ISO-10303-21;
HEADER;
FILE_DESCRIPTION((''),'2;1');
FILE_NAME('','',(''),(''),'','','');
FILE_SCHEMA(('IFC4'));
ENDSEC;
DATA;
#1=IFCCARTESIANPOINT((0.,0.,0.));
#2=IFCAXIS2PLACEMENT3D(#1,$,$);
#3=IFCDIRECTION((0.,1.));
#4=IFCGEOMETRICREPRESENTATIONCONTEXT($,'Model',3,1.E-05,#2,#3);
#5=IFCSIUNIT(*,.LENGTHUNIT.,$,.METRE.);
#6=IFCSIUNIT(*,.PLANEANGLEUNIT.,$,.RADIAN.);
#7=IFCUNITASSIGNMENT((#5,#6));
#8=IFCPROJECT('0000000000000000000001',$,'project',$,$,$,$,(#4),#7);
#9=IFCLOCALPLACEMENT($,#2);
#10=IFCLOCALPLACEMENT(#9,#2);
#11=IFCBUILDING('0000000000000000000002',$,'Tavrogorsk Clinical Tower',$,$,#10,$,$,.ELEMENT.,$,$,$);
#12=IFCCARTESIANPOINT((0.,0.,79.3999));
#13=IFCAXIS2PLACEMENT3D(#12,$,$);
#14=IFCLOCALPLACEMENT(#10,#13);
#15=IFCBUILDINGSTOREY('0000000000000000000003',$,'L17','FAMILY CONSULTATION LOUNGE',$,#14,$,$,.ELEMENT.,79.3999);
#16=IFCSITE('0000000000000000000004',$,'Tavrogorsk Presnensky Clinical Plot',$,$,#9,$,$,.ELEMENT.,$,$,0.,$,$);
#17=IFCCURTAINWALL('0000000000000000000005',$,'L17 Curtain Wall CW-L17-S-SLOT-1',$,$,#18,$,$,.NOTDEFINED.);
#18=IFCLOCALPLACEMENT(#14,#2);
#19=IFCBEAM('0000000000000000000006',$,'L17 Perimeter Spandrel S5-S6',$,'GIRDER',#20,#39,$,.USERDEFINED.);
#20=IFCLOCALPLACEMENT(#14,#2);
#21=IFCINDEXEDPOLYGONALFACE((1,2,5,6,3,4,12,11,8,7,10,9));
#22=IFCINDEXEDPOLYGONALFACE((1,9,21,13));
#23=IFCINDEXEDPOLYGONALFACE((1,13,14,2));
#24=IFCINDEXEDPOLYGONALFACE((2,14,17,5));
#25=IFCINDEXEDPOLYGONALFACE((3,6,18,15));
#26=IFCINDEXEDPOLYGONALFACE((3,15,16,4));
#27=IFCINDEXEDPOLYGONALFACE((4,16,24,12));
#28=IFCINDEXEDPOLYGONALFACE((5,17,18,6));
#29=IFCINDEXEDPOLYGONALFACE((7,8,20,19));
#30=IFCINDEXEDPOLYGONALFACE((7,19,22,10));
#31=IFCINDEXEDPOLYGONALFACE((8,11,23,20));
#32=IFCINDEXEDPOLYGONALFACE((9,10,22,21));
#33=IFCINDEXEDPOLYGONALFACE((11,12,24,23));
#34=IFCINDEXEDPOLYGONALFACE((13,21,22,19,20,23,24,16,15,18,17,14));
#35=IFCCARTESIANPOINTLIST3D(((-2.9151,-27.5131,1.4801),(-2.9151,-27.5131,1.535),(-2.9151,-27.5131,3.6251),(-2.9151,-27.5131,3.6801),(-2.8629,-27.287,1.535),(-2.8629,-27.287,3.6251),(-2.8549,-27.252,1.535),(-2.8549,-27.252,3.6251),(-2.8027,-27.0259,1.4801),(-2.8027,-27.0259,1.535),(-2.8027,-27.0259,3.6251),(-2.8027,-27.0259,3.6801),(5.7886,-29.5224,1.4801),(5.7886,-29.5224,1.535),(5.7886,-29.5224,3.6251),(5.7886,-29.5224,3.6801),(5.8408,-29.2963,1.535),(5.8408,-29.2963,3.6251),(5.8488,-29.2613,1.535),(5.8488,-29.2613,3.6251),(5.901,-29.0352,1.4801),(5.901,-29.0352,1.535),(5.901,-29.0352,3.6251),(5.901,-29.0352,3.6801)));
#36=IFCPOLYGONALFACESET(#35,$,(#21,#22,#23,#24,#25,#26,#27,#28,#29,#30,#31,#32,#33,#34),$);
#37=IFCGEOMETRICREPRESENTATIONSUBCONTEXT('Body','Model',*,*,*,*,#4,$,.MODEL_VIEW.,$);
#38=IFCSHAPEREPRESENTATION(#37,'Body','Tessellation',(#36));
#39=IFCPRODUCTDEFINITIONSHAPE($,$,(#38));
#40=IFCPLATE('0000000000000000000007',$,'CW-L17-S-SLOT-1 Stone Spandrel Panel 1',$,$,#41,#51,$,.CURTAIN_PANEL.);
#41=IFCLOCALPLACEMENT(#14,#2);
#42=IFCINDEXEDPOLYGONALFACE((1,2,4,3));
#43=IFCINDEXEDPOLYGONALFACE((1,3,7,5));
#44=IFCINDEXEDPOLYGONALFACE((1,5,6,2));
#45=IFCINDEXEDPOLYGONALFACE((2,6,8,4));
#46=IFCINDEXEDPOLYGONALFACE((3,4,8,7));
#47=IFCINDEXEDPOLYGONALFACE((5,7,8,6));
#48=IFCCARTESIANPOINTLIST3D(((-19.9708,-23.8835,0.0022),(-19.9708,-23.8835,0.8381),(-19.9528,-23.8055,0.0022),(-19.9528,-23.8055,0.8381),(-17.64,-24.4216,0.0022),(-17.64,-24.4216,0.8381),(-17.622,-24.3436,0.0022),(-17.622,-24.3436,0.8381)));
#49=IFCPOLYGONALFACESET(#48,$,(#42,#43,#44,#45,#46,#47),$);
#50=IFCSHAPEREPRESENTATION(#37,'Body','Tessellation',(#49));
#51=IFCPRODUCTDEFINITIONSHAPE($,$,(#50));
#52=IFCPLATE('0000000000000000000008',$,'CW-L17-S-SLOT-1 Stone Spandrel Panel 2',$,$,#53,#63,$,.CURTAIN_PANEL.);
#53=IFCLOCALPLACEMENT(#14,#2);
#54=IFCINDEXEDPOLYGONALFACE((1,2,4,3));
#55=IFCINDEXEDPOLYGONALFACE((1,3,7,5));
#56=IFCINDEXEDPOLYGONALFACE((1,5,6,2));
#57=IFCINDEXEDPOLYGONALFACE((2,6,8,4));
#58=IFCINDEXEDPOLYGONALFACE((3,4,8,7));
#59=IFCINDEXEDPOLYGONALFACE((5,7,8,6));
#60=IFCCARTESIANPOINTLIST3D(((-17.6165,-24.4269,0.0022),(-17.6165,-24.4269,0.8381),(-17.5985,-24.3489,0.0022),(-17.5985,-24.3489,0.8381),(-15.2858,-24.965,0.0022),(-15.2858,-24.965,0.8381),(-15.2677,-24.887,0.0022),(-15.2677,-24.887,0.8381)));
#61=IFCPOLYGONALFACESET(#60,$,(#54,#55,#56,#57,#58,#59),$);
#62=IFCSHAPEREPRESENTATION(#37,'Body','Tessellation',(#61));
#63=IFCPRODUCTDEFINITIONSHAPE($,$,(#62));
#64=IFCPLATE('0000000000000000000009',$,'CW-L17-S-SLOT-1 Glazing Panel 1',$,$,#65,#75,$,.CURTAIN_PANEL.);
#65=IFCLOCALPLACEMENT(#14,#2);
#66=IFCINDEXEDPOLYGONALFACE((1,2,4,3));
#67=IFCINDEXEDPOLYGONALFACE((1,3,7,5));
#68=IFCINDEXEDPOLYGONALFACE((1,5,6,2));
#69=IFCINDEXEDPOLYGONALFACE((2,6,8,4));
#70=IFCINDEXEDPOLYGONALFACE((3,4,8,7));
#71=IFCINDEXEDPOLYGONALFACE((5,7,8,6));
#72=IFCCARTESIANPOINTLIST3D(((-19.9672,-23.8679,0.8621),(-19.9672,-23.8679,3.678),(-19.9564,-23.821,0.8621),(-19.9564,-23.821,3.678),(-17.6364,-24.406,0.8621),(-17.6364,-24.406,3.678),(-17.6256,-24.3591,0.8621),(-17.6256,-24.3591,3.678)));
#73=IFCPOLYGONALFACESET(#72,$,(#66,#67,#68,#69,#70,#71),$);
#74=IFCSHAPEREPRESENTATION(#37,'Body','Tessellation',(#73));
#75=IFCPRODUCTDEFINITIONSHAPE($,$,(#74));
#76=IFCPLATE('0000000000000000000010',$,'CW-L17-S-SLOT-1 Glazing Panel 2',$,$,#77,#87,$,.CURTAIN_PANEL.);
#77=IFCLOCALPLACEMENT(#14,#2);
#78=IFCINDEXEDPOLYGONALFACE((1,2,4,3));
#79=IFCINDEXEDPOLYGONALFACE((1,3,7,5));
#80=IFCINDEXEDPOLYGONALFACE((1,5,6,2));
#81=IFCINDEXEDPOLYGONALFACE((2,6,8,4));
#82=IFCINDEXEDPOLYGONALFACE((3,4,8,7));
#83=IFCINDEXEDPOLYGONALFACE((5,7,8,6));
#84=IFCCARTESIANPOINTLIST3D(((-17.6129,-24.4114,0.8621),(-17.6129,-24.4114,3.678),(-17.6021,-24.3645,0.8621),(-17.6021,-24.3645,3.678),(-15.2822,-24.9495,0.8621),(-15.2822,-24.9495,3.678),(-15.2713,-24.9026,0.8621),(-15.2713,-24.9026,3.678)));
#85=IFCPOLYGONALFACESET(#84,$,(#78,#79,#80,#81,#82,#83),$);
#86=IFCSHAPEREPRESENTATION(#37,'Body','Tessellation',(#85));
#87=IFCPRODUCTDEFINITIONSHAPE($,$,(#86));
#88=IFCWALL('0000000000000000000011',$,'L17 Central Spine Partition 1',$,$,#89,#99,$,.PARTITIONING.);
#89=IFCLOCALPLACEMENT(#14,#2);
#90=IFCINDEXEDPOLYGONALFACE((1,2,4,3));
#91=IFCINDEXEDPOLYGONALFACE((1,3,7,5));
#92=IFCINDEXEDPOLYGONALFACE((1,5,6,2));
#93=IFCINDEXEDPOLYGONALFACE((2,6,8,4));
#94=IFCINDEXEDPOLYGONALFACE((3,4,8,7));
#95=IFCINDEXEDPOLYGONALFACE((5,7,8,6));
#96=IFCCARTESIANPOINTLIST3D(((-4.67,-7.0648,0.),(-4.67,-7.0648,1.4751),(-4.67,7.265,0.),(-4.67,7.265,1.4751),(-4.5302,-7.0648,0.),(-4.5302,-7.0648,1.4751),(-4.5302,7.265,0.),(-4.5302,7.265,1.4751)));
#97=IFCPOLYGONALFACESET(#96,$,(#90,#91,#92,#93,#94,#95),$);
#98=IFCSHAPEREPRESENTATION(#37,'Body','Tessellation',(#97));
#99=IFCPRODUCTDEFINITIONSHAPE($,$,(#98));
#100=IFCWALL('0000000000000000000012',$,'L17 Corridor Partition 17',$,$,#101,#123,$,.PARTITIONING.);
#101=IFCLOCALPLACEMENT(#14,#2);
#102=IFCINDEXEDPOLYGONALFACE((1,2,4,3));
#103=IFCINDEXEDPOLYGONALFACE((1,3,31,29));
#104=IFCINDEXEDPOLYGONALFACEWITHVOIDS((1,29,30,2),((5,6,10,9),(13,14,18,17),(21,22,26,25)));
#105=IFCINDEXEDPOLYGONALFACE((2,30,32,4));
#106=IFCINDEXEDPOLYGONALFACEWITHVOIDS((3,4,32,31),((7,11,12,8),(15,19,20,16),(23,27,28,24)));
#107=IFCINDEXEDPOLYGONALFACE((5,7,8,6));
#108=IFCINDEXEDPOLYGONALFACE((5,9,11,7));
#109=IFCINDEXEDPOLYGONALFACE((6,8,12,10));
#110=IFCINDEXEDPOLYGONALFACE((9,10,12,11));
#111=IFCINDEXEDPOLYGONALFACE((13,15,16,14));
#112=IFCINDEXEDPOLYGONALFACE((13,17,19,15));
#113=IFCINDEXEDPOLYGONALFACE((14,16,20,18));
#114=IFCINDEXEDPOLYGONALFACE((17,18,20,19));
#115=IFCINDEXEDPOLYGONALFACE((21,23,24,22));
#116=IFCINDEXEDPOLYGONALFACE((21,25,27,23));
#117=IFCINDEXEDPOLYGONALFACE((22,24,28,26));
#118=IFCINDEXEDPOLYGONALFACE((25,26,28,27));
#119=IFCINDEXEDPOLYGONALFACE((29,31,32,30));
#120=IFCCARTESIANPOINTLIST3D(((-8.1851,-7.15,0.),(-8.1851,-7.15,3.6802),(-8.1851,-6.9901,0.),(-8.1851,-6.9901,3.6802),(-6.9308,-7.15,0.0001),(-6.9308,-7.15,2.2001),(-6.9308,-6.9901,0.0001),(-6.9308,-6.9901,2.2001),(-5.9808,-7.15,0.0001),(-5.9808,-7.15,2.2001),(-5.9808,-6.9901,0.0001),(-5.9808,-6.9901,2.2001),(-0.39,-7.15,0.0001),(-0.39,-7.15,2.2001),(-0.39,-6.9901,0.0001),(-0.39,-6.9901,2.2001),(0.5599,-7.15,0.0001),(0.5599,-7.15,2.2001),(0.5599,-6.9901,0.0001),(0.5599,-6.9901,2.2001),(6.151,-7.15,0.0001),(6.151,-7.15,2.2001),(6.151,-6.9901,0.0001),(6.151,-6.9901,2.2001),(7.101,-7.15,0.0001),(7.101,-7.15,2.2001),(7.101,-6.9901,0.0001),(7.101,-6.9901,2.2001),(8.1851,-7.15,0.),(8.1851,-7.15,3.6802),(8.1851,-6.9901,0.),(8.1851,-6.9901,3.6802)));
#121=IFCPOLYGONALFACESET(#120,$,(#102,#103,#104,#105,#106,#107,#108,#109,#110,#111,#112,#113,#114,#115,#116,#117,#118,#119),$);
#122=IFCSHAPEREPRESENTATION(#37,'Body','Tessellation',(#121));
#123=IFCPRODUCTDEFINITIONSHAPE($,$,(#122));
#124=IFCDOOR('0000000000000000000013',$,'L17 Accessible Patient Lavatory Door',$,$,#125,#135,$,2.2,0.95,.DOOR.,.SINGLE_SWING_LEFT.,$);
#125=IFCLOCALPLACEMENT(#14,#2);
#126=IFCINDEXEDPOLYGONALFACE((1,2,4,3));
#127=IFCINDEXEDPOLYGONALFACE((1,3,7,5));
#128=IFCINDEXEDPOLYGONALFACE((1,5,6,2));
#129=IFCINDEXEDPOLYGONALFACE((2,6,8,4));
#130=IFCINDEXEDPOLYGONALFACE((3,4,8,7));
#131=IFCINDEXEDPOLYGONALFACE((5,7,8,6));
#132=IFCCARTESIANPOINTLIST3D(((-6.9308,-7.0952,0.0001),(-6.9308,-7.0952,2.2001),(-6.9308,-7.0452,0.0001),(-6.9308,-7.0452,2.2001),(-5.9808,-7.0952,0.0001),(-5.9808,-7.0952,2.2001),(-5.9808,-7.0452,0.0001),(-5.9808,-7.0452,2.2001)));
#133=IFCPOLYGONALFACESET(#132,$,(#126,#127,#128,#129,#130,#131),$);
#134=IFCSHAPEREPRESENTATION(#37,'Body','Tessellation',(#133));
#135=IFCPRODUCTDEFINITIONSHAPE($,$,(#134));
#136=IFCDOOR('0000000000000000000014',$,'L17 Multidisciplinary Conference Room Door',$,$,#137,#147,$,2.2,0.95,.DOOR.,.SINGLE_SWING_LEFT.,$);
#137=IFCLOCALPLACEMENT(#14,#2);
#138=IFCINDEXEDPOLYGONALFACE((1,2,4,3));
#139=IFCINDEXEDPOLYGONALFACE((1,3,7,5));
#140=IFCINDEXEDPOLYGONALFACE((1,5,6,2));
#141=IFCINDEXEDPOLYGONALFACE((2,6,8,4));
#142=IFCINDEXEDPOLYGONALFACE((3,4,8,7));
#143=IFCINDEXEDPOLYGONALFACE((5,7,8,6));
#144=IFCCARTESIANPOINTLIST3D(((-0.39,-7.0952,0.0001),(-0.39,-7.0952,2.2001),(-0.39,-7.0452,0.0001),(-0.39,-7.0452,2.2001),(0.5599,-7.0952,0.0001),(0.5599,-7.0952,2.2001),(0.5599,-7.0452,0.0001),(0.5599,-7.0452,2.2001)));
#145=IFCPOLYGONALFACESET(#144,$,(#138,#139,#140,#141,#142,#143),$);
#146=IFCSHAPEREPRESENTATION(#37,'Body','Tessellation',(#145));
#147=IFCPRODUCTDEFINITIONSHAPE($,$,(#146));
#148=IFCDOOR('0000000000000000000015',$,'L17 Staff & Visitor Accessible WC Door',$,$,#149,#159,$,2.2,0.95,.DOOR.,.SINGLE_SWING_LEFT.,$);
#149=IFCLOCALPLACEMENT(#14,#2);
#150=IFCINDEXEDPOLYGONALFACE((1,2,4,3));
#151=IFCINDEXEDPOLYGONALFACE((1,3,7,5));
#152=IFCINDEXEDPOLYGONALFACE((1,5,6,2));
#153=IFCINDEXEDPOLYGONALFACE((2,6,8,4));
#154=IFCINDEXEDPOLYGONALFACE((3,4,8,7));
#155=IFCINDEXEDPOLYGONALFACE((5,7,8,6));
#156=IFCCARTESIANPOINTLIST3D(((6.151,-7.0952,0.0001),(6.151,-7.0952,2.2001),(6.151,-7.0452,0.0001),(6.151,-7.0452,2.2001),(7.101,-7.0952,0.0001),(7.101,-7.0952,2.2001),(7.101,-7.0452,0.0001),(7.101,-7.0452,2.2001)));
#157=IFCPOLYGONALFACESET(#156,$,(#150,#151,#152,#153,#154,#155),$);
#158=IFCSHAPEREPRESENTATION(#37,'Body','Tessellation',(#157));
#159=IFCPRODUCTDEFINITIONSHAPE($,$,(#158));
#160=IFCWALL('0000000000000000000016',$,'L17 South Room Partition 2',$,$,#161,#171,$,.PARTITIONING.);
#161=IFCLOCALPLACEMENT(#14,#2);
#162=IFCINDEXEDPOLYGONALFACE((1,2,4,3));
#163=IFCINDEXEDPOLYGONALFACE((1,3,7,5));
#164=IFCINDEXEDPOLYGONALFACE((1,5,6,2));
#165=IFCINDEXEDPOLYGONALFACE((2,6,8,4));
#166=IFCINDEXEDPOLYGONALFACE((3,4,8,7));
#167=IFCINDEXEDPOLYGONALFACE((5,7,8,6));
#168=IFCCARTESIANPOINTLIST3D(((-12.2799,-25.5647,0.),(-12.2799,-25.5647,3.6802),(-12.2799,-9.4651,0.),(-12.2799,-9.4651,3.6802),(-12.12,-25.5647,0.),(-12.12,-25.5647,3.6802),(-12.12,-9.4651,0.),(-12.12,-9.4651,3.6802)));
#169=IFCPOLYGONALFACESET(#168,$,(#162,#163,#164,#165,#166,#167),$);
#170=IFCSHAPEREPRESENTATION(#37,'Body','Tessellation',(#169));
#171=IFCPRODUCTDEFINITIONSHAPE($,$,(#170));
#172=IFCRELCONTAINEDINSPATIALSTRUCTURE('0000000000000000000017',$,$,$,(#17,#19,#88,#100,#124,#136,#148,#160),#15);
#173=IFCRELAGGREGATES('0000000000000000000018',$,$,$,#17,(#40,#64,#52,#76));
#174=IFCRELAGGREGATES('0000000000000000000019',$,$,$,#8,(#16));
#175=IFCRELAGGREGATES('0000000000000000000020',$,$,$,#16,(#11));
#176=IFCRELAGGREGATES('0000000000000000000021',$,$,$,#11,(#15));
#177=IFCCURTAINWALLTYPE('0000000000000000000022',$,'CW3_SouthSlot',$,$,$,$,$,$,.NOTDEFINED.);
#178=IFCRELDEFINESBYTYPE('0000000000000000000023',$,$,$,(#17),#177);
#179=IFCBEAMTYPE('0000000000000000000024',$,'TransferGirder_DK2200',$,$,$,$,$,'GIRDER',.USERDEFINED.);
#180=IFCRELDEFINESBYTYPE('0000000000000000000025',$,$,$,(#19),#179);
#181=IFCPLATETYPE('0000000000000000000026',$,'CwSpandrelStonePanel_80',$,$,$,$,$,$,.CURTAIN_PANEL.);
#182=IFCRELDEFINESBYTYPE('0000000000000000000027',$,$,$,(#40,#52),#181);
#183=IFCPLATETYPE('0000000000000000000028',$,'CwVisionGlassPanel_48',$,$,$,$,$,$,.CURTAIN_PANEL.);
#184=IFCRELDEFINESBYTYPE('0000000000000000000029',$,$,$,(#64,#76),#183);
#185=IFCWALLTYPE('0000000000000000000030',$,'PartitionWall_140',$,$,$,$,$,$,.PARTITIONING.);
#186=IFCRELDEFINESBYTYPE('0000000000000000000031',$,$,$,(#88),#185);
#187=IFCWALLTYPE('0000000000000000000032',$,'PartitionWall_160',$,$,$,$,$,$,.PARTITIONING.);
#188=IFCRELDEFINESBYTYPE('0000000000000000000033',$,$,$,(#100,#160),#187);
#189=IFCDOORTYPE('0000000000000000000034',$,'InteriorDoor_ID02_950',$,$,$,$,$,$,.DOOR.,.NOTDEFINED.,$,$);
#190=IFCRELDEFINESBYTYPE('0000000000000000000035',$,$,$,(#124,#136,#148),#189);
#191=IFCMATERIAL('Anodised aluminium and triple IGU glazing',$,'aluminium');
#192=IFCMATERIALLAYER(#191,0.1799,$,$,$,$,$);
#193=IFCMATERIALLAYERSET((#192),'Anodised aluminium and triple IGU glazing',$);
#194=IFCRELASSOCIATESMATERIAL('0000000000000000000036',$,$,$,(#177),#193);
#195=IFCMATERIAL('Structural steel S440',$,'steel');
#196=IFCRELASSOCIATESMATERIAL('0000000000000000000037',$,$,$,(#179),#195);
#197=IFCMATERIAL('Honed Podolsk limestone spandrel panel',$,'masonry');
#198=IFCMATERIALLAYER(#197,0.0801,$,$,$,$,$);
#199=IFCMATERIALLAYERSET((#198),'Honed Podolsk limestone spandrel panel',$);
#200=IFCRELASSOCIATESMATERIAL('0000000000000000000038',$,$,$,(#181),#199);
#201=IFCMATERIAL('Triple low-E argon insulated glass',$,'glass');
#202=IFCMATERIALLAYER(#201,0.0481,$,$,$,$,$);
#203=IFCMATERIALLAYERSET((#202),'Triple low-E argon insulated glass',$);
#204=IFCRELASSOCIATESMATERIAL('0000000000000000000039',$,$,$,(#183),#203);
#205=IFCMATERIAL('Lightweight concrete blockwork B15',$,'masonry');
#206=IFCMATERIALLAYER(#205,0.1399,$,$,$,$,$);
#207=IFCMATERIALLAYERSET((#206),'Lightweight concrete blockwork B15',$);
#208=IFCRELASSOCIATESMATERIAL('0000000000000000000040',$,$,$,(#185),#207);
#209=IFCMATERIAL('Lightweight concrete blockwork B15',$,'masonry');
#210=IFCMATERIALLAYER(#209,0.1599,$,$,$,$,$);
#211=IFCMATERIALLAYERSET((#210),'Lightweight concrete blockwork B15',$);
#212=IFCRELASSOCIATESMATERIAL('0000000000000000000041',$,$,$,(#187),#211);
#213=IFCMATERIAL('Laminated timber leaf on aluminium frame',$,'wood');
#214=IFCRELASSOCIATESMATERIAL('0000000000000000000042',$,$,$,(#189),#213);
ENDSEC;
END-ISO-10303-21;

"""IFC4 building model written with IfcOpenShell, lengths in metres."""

from ifc_helpers import new_model, si_unit, direction, frame, frame_2d, origin, origin_2d, place, context, subcontext, project, spatial, rectangle, i_section, extrude, material, layer, layer_set, material_profile, profile_set, type_object, element, fill, aggregate, save


model = new_model("IFC4")

# Units and contexts
model_context = context("Model", 3, precision=1e-05, world=origin(), true_north=direction((0.0, 1.0)))
body_context = subcontext(model_context, "Body", "Model", "MODEL_VIEW")
ifc_project = project(units=[si_unit("LENGTHUNIT", "METRE"), si_unit("PLANEANGLEUNIT", "RADIAN")], contexts=[model_context])

# Site, building, storey
site_placement = place(None, origin())
site = spatial("IfcSite", under=ifc_project, at=site_placement, Name="Tavrogorsk Presnensky Clinical Plot", CompositionType="ELEMENT", RefElevation=0.0)
building_placement = place(site_placement, origin())
building = spatial("IfcBuilding", under=site, at=building_placement, Name="Tavrogorsk Clinical Tower", CompositionType="ELEMENT")
storey_placement = place(building_placement, frame((0.0, 0.0, 79.3999)))
storey = spatial("IfcBuildingStorey", under=building, at=storey_placement, Name="L17", Description="FAMILY CONSULTATION LOUNGE", CompositionType="ELEMENT", Elevation=79.3999)

# Curtain wall
ifc_material_1 = material(Name="Anodised aluminium and triple IGU glazing", Category="aluminium")
ifc_layer_1 = layer(ifc_material_1, 0.1799)
ifc_layer_set_1 = layer_set([ifc_layer_1], Name="Anodised aluminium and triple IGU glazing")
curtain_wall_type = type_object("IfcCurtainWallType", Name="CW3_SouthSlot", PredefinedType="NOTDEFINED", material=ifc_layer_set_1)
curtain_wall_placement = place(storey_placement, origin())
curtain_wall = element("IfcCurtainWall", 1, at=curtain_wall_placement, inside=storey, type_object=curtain_wall_type, Name="L17 Curtain Wall CW-L17-S-SLOT-1", PredefinedType="NOTDEFINED")

# Beam
ifc_material_2 = material(Name="Structural steel S440", Category="steel")
ifc_material_profile_1 = material_profile(ifc_material_2, i_section(OverallWidth=0.5, OverallDepth=2.2, WebThickness=0.0359, FlangeThickness=0.0549, at=origin_2d()), Name="DK-2200x500x36x55")
ifc_profile_set_1 = profile_set([ifc_material_profile_1], Name="Structural steel S440")
beam_type = type_object("IfcBeamType", Name="TransferGirder_DK2200", ElementType="GIRDER", PredefinedType="USERDEFINED", material=ifc_profile_set_1)
for number, where, z_axis, x_axis, name in (
    (2, (-2.8589, -27.2695, 2.5801), (0.974373, -0.224939, 0.0), (0.224939, 0.974373, 0.0), "L17 Perimeter Spandrel S5-S6"),
):
    element("IfcBeam", number, at=place(storey_placement, frame(where, z_axis=z_axis, x_axis=x_axis)), inside=storey, type_object=beam_type, Name=name, ObjectType="GIRDER", PredefinedType="USERDEFINED", context=body_context, shape_type="SweptSolid", body=[
        extrude(i_section(OverallWidth=0.5, OverallDepth=2.2, WebThickness=0.0359, FlangeThickness=0.0549, at=origin_2d()), origin(), (0.0, 0.0, 1.0), 8.9326),
    ])

# Plates
ifc_material_3 = material(Name="Honed Podolsk limestone spandrel panel", Category="masonry")
ifc_layer_2 = layer(ifc_material_3, 0.0801)
ifc_layer_set_2 = layer_set([ifc_layer_2], Name="Honed Podolsk limestone spandrel panel")
plate_type_1 = type_object("IfcPlateType", Name="CwSpandrelStonePanel_80", PredefinedType="CURTAIN_PANEL", material=ifc_layer_set_2)
plate_1_placement = place(storey_placement, frame((-18.7964, -24.1135, 0.0022), z_axis=(0.0, 0.0, 1.0), x_axis=(0.97437, -0.224951, 0.0)))
plate_1 = element("IfcPlate", 3, at=plate_1_placement, type_object=plate_type_1, Name="CW-L17-S-SLOT-1 Stone Spandrel Panel 1", PredefinedType="CURTAIN_PANEL", context=body_context, shape_type="SweptSolid", body=[
    extrude(rectangle(XDim=2.3921, YDim=0.0801, at=origin_2d()), origin(), (0.0, 0.0, 1.0), 0.8359),
])
plate_2_placement = place(storey_placement, frame((-16.4421, -24.657, 0.0022), z_axis=(0.0, 0.0, 1.0), x_axis=(0.97437, -0.224951, 0.0)))
plate_2 = element("IfcPlate", 4, at=plate_2_placement, type_object=plate_type_1, Name="CW-L17-S-SLOT-1 Stone Spandrel Panel 2", PredefinedType="CURTAIN_PANEL", context=body_context, shape_type="SweptSolid", body=[
    extrude(rectangle(XDim=2.3921, YDim=0.0801, at=origin_2d()), origin(), (0.0, 0.0, 1.0), 0.8359),
])
ifc_material_4 = material(Name="Triple low-E argon insulated glass", Category="glass")
ifc_layer_3 = layer(ifc_material_4, 0.0481)
ifc_layer_set_3 = layer_set([ifc_layer_3], Name="Triple low-E argon insulated glass")
plate_type_2 = type_object("IfcPlateType", Name="CwVisionGlassPanel_48", PredefinedType="CURTAIN_PANEL", material=ifc_layer_set_3)
plate_3_placement = place(storey_placement, frame((-18.7964, -24.1135, 0.8621), z_axis=(0.0, 0.0, 1.0), x_axis=(0.97437, -0.224951, 0.0)))
plate_3 = element("IfcPlate", 5, at=plate_3_placement, type_object=plate_type_2, Name="CW-L17-S-SLOT-1 Glazing Panel 1", PredefinedType="CURTAIN_PANEL", context=body_context, shape_type="SweptSolid", body=[
    extrude(rectangle(XDim=2.3921, YDim=0.0481, at=origin_2d()), origin(), (0.0, 0.0, 1.0), 2.8159),
])
plate_4_placement = place(storey_placement, frame((-16.4421, -24.657, 0.8621), z_axis=(0.0, 0.0, 1.0), x_axis=(0.97437, -0.224951, 0.0)))
plate_4 = element("IfcPlate", 6, at=plate_4_placement, type_object=plate_type_2, Name="CW-L17-S-SLOT-1 Glazing Panel 2", PredefinedType="CURTAIN_PANEL", context=body_context, shape_type="SweptSolid", body=[
    extrude(rectangle(XDim=2.3921, YDim=0.0481, at=origin_2d()), origin(), (0.0, 0.0, 1.0), 2.8159),
])
aggregate(curtain_wall, [plate_1, plate_3, plate_2, plate_4])

# Wall
ifc_material_5 = material(Name="Lightweight concrete blockwork B15", Category="masonry")
ifc_layer_4 = layer(ifc_material_5, 0.1399)
ifc_layer_set_4 = layer_set([ifc_layer_4], Name="Lightweight concrete blockwork B15")
wall_type_1 = type_object("IfcWallType", Name="PartitionWall_140", PredefinedType="PARTITIONING", material=ifc_layer_set_4)
wall_1_placement = place(storey_placement, frame((-4.6001, -7.0649, 0.0), z_axis=(0.0, 0.0, 1.0), x_axis=(0.0, 1.0, 0.0)))
element("IfcWall", 7, at=wall_1_placement, inside=storey, type_object=wall_type_1, Name="L17 Central Spine Partition 1", PredefinedType="PARTITIONING", context=body_context, shape_type="SweptSolid", body=[
    extrude(rectangle(XDim=14.3298, YDim=0.1399, at=frame_2d((7.165, 0.0))), origin(), (0.0, 0.0, 1.0), 1.4751),
])

# Wall, openings, doors
ifc_material_6 = material(Name="Lightweight concrete blockwork B15", Category="masonry")
ifc_layer_5 = layer(ifc_material_6, 0.1599)
ifc_layer_set_5 = layer_set([ifc_layer_5], Name="Lightweight concrete blockwork B15")
wall_type_2 = type_object("IfcWallType", Name="PartitionWall_160", PredefinedType="PARTITIONING", material=ifc_layer_set_5)
wall_2_placement = place(storey_placement, frame((-8.1851, -7.0701, 0.0), z_axis=(0.0, 0.0, 1.0), x_axis=(1.0, 0.0, 0.0)))
wall_2 = element("IfcWall", 8, at=wall_2_placement, inside=storey, type_object=wall_type_2, Name="L17 Corridor Partition 17", PredefinedType="PARTITIONING", context=body_context, shape_type="SweptSolid", body=[
    extrude(rectangle(XDim=16.3701, YDim=0.1599, at=frame_2d((8.1851, 0.0))), origin(), (0.0, 0.0, 1.0), 3.6802),
])
opening_1_placement = place(wall_2_placement, frame((1.2542, 0.0, 0.0)))
opening_1 = element("IfcOpeningElement", 9, at=opening_1_placement, cuts=wall_2, PredefinedType="OPENING", context=body_context, shape_type="SweptSolid", body=[
    extrude(rectangle(XDim=0.95, YDim=2.2, at=frame_2d((0.4751, 1.1001))), frame((0.0, 0.0898, 0.0), z_axis=(0.0, -1.0, 0.0), x_axis=(1.0, 0.0, 0.0)), (0.0, 0.0, 1.0), 0.1799),
])
opening_2_placement = place(wall_2_placement, frame((7.7949, 0.0, 0.0)))
opening_2 = element("IfcOpeningElement", 10, at=opening_2_placement, cuts=wall_2, PredefinedType="OPENING", context=body_context, shape_type="SweptSolid", body=[
    extrude(rectangle(XDim=0.95, YDim=2.2, at=frame_2d((0.4751, 1.1001))), frame((0.0, 0.0898, 0.0), z_axis=(0.0, -1.0, 0.0), x_axis=(1.0, 0.0, 0.0)), (0.0, 0.0, 1.0), 0.1799),
])
opening_3_placement = place(wall_2_placement, frame((14.3359, 0.0, 0.0)))
opening_3 = element("IfcOpeningElement", 11, at=opening_3_placement, cuts=wall_2, PredefinedType="OPENING", context=body_context, shape_type="SweptSolid", body=[
    extrude(rectangle(XDim=0.95, YDim=2.2, at=frame_2d((0.4751, 1.1001))), frame((0.0, 0.0898, 0.0), z_axis=(0.0, -1.0, 0.0), x_axis=(1.0, 0.0, 0.0)), (0.0, 0.0, 1.0), 0.1799),
])
ifc_material_7 = material(Name="Laminated timber leaf on aluminium frame", Category="wood")
door_type = type_object("IfcDoorType", Name="InteriorDoor_ID02_950", OperationType="NOTDEFINED", PredefinedType="DOOR", material=ifc_material_7)
door_1_placement = place(opening_1_placement, origin())
door_1 = element("IfcDoor", 12, at=door_1_placement, inside=storey, type_object=door_type, Name="L17 Accessible Patient Lavatory Door", OperationType="SINGLE_SWING_LEFT", OverallHeight=2.2, OverallWidth=0.95, PredefinedType="DOOR", context=body_context, shape_type="SweptSolid", body=[
    extrude(rectangle(XDim=0.95, YDim=2.2, at=frame_2d((0.4751, 1.1001))), frame((0.0, 0.0249, 0.0), z_axis=(0.0, -1.0, 0.0), x_axis=(1.0, 0.0, 0.0)), (0.0, 0.0, 1.0), 0.05),
])
fill(opening_1, door_1)
door_2_placement = place(opening_2_placement, origin())
door_2 = element("IfcDoor", 13, at=door_2_placement, inside=storey, type_object=door_type, Name="L17 Multidisciplinary Conference Room Door", OperationType="SINGLE_SWING_LEFT", OverallHeight=2.2, OverallWidth=0.95, PredefinedType="DOOR", context=body_context, shape_type="SweptSolid", body=[
    extrude(rectangle(XDim=0.95, YDim=2.2, at=frame_2d((0.4751, 1.1001))), frame((0.0, 0.0249, 0.0), z_axis=(0.0, -1.0, 0.0), x_axis=(1.0, 0.0, 0.0)), (0.0, 0.0, 1.0), 0.05),
])
fill(opening_2, door_2)
door_3_placement = place(opening_3_placement, origin())
door_3 = element("IfcDoor", 14, at=door_3_placement, inside=storey, type_object=door_type, Name="L17 Staff & Visitor Accessible WC Door", OperationType="SINGLE_SWING_LEFT", OverallHeight=2.2, OverallWidth=0.95, PredefinedType="DOOR", context=body_context, shape_type="SweptSolid", body=[
    extrude(rectangle(XDim=0.95, YDim=2.2, at=frame_2d((0.4751, 1.1001))), frame((0.0, 0.0249, 0.0), z_axis=(0.0, -1.0, 0.0), x_axis=(1.0, 0.0, 0.0)), (0.0, 0.0, 1.0), 0.05),
])
fill(opening_3, door_3)

# Wall
wall_3_placement = place(storey_placement, frame((-12.2, -25.5647, 0.0), z_axis=(0.0, 0.0, 1.0), x_axis=(0.0, 1.0, 0.0)))
element("IfcWall", 15, at=wall_3_placement, inside=storey, type_object=wall_type_2, Name="L17 South Room Partition 2", PredefinedType="PARTITIONING", context=body_context, shape_type="SweptSolid", body=[
    extrude(rectangle(XDim=16.0996, YDim=0.1599, at=frame_2d((8.0498, 0.0))), origin(), (0.0, 0.0, 1.0), 3.6802),
])

save(model, "model.ifc")
